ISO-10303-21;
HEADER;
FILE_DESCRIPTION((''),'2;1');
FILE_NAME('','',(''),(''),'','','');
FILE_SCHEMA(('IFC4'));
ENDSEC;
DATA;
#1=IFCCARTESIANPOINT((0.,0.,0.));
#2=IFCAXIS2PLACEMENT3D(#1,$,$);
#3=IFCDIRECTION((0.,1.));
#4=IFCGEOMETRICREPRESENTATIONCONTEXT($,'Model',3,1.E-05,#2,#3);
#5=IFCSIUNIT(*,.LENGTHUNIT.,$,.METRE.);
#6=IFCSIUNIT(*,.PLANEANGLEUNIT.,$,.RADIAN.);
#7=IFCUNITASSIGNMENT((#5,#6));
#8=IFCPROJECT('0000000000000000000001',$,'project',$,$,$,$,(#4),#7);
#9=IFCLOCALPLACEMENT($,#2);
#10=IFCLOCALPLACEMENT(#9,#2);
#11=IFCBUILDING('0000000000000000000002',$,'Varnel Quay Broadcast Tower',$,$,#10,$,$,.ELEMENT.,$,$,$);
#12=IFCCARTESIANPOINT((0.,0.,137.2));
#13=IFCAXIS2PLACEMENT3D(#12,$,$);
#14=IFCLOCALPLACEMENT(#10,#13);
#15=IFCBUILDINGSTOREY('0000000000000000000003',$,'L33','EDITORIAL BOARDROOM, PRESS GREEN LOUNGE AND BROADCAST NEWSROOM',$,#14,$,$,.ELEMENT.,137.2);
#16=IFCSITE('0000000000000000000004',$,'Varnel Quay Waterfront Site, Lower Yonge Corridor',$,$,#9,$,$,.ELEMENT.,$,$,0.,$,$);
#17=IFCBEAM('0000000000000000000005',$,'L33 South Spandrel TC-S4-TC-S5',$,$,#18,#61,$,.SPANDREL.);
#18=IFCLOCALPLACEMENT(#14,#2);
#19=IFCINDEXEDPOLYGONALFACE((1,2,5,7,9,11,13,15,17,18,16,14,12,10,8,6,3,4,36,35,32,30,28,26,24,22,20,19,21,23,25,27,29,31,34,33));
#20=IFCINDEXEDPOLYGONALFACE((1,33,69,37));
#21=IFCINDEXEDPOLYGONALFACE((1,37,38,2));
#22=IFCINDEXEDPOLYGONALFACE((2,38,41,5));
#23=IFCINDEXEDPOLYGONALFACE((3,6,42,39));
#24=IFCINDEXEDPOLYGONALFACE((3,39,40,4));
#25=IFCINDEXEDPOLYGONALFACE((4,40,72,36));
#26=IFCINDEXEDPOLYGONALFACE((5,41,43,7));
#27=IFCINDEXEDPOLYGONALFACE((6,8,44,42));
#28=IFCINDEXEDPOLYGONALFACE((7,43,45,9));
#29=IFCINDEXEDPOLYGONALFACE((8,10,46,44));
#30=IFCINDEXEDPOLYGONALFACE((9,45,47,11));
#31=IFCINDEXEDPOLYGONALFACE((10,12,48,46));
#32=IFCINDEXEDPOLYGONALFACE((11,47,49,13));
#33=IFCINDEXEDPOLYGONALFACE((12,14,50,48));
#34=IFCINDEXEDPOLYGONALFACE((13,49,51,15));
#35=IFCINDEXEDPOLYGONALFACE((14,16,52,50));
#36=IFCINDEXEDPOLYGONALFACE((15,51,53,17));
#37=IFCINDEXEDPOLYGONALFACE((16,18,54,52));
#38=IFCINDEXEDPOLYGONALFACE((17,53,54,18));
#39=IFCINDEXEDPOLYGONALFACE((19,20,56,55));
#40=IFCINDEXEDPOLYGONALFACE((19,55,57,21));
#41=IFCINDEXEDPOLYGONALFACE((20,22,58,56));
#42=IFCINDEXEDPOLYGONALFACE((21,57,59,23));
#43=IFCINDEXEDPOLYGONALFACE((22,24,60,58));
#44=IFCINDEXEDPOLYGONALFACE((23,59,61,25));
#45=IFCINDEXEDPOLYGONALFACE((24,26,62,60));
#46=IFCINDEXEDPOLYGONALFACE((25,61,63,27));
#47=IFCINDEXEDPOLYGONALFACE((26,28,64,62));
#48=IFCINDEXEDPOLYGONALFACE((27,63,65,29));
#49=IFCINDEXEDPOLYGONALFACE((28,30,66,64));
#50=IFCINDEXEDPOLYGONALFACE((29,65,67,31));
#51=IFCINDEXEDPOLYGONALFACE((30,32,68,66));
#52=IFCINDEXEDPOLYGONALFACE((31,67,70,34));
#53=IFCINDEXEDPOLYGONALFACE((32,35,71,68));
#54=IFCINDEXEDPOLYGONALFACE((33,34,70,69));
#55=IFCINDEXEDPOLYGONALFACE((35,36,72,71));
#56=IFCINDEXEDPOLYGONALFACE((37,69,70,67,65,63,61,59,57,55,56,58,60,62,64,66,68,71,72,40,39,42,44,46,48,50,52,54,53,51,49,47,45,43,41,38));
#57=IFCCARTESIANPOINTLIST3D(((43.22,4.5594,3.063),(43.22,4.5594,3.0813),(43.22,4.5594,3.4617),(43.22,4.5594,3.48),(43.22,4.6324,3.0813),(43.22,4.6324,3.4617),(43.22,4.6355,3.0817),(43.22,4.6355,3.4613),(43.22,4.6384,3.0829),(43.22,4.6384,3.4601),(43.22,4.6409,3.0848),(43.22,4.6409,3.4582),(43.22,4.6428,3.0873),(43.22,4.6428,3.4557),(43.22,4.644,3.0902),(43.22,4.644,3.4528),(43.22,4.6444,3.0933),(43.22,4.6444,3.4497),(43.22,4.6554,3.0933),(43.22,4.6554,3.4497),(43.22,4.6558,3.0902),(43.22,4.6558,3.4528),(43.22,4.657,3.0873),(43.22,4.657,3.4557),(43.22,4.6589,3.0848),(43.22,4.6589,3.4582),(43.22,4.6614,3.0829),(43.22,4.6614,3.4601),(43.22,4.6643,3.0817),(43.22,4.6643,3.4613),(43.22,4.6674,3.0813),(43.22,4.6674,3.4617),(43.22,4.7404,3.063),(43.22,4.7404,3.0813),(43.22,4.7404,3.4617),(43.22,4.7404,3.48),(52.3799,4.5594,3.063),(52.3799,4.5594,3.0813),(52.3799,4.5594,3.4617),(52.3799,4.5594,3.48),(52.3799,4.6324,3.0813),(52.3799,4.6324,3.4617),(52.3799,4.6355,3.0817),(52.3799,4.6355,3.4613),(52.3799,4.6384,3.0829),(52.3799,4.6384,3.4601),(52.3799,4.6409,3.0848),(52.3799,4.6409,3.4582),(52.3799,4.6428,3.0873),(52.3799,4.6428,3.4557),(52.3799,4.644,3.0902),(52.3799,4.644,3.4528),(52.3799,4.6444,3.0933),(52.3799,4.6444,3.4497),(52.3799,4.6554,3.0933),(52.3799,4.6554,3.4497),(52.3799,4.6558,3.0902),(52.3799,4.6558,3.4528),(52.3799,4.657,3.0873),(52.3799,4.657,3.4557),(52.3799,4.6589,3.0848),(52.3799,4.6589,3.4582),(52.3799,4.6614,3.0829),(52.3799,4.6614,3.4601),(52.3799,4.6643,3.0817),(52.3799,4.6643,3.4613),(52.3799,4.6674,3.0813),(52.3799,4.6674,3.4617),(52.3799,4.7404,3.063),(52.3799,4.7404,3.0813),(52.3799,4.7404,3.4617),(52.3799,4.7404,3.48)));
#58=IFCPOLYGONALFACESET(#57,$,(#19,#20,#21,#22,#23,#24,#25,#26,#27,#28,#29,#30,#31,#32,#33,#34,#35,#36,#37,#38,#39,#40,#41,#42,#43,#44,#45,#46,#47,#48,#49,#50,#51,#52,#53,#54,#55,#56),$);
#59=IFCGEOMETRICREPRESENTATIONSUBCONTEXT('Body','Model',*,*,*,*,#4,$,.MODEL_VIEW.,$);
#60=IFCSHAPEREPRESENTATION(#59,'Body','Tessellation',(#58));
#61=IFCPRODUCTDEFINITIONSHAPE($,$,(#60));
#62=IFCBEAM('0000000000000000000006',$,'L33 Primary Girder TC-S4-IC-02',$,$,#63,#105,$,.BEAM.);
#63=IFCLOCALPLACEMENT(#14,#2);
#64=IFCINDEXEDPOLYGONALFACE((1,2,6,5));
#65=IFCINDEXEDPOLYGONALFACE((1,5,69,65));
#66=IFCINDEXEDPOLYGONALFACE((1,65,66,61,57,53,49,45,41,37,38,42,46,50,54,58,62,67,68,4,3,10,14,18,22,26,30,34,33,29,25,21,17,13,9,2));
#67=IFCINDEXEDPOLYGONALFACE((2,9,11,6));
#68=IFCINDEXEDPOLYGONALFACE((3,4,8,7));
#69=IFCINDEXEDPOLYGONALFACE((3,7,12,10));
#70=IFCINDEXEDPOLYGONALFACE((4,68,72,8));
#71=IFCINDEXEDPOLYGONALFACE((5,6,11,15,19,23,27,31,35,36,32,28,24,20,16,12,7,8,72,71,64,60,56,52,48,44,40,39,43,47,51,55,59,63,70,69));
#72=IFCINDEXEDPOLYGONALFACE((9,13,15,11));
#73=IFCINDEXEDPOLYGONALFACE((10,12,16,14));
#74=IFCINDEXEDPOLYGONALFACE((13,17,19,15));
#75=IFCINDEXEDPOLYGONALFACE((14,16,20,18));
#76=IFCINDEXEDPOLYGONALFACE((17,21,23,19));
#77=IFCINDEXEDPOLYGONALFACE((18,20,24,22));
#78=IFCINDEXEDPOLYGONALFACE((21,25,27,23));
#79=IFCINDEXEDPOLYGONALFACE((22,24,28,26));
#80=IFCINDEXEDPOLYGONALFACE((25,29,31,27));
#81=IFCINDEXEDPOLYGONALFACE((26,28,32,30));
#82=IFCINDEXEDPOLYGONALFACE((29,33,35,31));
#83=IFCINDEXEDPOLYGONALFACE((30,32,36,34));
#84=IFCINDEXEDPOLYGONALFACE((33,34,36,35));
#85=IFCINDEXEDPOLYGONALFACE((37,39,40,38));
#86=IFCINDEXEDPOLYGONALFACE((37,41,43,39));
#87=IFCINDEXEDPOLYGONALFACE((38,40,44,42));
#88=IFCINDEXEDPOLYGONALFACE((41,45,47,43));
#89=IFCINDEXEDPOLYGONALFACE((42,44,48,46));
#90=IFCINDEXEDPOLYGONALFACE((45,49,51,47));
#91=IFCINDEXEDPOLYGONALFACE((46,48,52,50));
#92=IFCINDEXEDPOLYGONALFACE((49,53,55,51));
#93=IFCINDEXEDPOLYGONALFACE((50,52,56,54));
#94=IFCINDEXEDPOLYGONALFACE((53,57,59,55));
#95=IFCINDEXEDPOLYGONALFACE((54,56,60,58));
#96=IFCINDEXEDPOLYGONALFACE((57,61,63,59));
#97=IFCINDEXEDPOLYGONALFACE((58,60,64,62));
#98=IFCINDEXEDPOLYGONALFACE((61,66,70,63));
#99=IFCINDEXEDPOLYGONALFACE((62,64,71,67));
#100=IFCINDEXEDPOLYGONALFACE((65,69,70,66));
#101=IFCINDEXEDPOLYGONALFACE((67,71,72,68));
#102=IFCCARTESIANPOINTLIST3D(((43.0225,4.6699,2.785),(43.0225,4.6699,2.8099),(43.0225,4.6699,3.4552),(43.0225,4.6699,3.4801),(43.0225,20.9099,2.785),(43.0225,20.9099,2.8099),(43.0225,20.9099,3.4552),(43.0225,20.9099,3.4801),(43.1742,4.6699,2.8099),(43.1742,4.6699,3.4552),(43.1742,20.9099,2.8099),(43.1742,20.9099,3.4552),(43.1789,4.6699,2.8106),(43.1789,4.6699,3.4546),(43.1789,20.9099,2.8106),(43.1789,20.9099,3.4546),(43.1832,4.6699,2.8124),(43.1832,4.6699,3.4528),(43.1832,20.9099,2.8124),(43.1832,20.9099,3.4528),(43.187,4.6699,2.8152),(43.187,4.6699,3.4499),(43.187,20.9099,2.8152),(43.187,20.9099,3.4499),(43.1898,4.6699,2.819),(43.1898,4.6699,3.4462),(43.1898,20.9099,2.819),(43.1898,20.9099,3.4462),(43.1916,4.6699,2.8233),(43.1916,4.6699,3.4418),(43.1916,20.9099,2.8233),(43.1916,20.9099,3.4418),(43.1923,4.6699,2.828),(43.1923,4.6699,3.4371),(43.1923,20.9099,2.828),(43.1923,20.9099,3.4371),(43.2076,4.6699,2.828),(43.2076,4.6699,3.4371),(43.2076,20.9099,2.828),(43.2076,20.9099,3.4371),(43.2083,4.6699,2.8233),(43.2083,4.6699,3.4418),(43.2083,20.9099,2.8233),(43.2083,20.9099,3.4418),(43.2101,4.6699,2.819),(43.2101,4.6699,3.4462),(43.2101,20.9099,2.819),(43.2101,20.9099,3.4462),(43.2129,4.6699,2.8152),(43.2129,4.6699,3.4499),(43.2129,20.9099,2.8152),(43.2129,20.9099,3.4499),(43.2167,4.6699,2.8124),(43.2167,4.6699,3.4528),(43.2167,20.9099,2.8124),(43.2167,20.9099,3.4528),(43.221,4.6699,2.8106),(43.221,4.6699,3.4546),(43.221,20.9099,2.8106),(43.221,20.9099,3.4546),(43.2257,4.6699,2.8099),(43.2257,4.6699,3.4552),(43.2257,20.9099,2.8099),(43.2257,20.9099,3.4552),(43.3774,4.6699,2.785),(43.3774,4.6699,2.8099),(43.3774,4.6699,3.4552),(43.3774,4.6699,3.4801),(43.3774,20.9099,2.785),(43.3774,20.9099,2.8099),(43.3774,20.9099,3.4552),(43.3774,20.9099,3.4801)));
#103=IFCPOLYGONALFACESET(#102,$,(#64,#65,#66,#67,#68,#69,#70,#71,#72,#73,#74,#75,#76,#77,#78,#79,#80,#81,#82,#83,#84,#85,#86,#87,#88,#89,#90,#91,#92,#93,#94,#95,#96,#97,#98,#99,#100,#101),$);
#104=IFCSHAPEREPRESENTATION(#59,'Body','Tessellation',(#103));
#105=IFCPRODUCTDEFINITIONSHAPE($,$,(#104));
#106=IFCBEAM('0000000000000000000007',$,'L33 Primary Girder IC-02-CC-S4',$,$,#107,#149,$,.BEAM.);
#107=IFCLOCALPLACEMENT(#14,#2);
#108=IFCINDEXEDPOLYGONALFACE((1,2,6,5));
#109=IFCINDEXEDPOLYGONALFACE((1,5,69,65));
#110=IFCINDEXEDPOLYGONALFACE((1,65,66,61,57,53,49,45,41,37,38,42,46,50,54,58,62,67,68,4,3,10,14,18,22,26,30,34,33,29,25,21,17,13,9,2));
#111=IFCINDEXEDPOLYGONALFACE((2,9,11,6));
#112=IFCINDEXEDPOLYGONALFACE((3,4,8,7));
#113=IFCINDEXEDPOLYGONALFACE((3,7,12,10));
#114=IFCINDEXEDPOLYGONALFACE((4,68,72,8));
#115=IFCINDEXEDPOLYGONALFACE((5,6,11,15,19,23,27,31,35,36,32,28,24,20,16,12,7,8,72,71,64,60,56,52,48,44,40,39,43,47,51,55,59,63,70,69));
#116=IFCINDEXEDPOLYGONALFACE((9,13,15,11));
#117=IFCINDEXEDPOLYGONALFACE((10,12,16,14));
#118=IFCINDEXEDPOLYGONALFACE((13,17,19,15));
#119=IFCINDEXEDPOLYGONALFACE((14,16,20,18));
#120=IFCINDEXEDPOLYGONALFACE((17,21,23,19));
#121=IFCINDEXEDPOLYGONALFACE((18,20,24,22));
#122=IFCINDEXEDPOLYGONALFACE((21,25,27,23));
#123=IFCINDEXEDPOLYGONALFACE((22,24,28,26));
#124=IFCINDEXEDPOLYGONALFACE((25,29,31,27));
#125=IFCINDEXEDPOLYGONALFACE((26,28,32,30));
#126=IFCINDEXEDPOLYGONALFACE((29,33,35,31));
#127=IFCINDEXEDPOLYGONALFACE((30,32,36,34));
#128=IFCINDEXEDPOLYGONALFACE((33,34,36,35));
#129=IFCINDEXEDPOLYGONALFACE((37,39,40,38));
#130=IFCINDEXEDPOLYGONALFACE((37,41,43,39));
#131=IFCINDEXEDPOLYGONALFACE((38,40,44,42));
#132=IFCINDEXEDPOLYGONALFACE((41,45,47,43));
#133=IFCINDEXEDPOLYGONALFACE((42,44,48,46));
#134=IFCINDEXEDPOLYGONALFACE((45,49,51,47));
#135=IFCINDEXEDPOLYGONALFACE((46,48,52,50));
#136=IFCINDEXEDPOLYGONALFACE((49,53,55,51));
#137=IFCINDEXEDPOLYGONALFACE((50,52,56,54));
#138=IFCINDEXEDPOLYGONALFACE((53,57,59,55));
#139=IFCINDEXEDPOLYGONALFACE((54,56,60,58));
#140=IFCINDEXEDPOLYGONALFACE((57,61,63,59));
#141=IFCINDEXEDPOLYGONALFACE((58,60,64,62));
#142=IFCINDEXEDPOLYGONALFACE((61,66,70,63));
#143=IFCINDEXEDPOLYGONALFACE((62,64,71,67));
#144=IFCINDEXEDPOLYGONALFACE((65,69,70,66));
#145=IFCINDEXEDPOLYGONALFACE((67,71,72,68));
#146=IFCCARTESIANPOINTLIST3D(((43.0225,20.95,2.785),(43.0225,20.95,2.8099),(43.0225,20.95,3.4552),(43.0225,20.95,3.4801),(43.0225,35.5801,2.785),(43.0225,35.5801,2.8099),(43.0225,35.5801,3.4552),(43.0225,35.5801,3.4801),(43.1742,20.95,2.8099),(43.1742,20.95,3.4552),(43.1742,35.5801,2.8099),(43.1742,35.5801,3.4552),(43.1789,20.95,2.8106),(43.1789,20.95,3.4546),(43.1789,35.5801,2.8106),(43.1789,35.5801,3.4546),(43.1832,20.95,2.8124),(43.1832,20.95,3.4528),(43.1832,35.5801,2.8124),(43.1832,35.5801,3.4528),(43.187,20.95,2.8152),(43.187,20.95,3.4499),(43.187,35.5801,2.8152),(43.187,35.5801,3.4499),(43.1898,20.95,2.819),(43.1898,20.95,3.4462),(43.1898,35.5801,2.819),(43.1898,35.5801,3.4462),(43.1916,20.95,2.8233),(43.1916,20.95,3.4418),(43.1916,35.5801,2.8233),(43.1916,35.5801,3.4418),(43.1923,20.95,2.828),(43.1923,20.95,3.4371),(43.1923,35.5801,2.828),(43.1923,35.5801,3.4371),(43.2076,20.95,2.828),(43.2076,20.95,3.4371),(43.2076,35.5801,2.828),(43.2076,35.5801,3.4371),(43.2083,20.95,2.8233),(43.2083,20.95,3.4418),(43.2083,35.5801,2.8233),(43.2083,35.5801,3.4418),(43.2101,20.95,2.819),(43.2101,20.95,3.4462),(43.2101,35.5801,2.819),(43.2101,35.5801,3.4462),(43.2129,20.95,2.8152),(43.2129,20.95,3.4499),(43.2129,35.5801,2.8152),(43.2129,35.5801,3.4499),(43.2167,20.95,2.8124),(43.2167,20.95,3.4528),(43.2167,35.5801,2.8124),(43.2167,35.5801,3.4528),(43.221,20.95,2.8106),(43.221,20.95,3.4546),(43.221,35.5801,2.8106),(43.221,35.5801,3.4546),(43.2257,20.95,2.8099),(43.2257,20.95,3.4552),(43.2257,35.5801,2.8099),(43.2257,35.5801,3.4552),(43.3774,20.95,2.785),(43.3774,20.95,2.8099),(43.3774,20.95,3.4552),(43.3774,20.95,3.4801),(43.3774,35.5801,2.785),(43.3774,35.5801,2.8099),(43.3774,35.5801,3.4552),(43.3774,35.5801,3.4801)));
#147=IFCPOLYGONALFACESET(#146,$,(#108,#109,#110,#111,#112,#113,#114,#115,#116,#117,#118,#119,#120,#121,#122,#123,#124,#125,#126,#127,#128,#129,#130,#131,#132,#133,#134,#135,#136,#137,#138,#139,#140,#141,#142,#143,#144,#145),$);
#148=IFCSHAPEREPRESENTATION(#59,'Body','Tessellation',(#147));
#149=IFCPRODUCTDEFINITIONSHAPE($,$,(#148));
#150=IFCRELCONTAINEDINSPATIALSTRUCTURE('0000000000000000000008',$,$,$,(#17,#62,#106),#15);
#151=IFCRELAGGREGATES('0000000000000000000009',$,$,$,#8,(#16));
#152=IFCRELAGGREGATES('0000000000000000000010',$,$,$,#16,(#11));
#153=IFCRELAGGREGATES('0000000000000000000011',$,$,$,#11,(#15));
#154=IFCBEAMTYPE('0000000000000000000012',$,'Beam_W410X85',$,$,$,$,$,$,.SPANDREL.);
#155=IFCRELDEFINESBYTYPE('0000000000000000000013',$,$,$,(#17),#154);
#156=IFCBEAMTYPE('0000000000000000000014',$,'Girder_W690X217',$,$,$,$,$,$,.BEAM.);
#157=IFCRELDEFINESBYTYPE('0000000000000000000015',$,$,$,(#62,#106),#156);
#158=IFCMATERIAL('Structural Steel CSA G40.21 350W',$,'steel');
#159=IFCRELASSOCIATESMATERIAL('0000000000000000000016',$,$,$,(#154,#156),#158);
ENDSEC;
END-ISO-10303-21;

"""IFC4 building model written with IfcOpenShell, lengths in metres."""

from ifc_helpers import new_model, si_unit, direction, frame, origin, origin_2d, place, context, subcontext, project, spatial, i_section, extrude, source, transform, mapped, material, material_profile, profile_set, type_object, type_shapes, element, save


model = new_model("IFC4")

# Units and contexts
model_context = context("Model", 3, precision=1e-05, world=origin(), true_north=direction((0.0, 1.0)))
body_context = subcontext(model_context, "Body", "Model", "MODEL_VIEW")
ifc_project = project(units=[si_unit("LENGTHUNIT", "METRE"), si_unit("PLANEANGLEUNIT", "RADIAN")], contexts=[model_context])

# Site, building, storey
site_placement = place(None, origin())
site = spatial("IfcSite", under=ifc_project, at=site_placement, Name="Varnel Quay Waterfront Site, Lower Yonge Corridor", CompositionType="ELEMENT", RefElevation=0.0)
building_placement = place(site_placement, origin())
building = spatial("IfcBuilding", under=site, at=building_placement, Name="Varnel Quay Broadcast Tower", CompositionType="ELEMENT")
storey_placement = place(building_placement, frame((0.0, 0.0, 137.2)))
storey = spatial("IfcBuildingStorey", under=building, at=storey_placement, Name="L33", Description="EDITORIAL BOARDROOM, PRESS GREEN LOUNGE AND BROADCAST NEWSROOM", CompositionType="ELEMENT", Elevation=137.2)

# Shared definitions
ifc_material_1 = material(Name="Structural Steel CSA G40.21 350W", Category="steel")

# Beams
ifc_material_profile_1 = material_profile(ifc_material_1, i_section(OverallWidth=0.1809, OverallDepth=0.417, WebThickness=0.011, FlangeThickness=0.0183, FilletRadius=0.012, at=origin_2d()), Name="W410X85")
ifc_profile_set_1 = profile_set([ifc_material_profile_1], Name="Structural Steel CSA G40.21 350W")
beam_type_1 = type_object("IfcBeamType", Name="Beam_W410X85", PredefinedType="SPANDREL", material=ifc_profile_set_1)
shared_shape_1 = source(origin(), body_context, "Body", "SweptSolid", [
    extrude(i_section(OverallWidth=0.1809, OverallDepth=0.417, WebThickness=0.011, FlangeThickness=0.0183, FilletRadius=0.012, at=origin_2d()), origin(), (0.0, 0.0, 1.0), 9.1599),
])
type_shapes(beam_type_1, [shared_shape_1])
for number, where, z_axis, x_axis, name in (
    (1, (43.22, 4.6499, 3.2715), (1.0, 0.0, 0.0), (0.0, 1.0, 0.0), "L33 South Spandrel TC-S4-TC-S5"),
):
    element("IfcBeam", number, at=place(storey_placement, frame(where, z_axis=z_axis, x_axis=x_axis)), inside=storey, type_object=beam_type_1, Name=name, PredefinedType="SPANDREL", context=body_context, shape_type="MappedRepresentation", body=[
        mapped(shared_shape_1, transform((0.0, 0.0, 0.0), x_axis=(1.0, 0.0, 0.0), y_axis=(0.0, 1.0, 0.0), z_axis=(0.0, 0.0, 1.0), scale=1.0)),
    ])
ifc_material_profile_2 = material_profile(ifc_material_1, i_section(OverallWidth=0.355, OverallDepth=0.6951, WebThickness=0.0154, FlangeThickness=0.0249, FilletRadius=0.0181, at=origin_2d()), Name="W690X217")
ifc_profile_set_2 = profile_set([ifc_material_profile_2], Name="Structural Steel CSA G40.21 350W")
beam_type_2 = type_object("IfcBeamType", Name="Girder_W690X217", PredefinedType="BEAM", material=ifc_profile_set_2)
shared_shape_2 = source(origin(), body_context, "Body", "SweptSolid", [
    extrude(i_section(OverallWidth=0.355, OverallDepth=0.6951, WebThickness=0.0154, FlangeThickness=0.0249, FilletRadius=0.0181, at=origin_2d()), origin(), (0.0, 0.0, 1.0), 16.24),
])
beam_1_placement = place(storey_placement, frame((43.2, 4.6699, 3.1326), z_axis=(0.0, 1.0, 0.0), x_axis=(-1.0, 0.0, 0.0)))
element("IfcBeam", 2, at=beam_1_placement, inside=storey, type_object=beam_type_2, Name="L33 Primary Girder TC-S4-IC-02", PredefinedType="BEAM", context=body_context, shape_type="MappedRepresentation", body=[
    mapped(shared_shape_2, transform((0.0, 0.0, 0.0), x_axis=(1.0, 0.0, 0.0), y_axis=(0.0, 1.0, 0.0), z_axis=(0.0, 0.0, 1.0), scale=1.0)),
])
shared_shape_3 = source(origin(), body_context, "Body", "SweptSolid", [
    extrude(i_section(OverallWidth=0.355, OverallDepth=0.6951, WebThickness=0.0154, FlangeThickness=0.0249, FilletRadius=0.0181, at=origin_2d()), origin(), (0.0, 0.0, 1.0), 14.6301),
])
beam_2_placement = place(storey_placement, frame((43.2, 20.95, 3.1326), z_axis=(0.0, 1.0, 0.0), x_axis=(-1.0, 0.0, 0.0)))
element("IfcBeam", 3, at=beam_2_placement, inside=storey, type_object=beam_type_2, Name="L33 Primary Girder IC-02-CC-S4", PredefinedType="BEAM", context=body_context, shape_type="MappedRepresentation", body=[
    mapped(shared_shape_3, transform((0.0, 0.0, 0.0), x_axis=(1.0, 0.0, 0.0), y_axis=(0.0, 1.0, 0.0), z_axis=(0.0, 0.0, 1.0), scale=1.0)),
])

save(model, "model.ifc")
